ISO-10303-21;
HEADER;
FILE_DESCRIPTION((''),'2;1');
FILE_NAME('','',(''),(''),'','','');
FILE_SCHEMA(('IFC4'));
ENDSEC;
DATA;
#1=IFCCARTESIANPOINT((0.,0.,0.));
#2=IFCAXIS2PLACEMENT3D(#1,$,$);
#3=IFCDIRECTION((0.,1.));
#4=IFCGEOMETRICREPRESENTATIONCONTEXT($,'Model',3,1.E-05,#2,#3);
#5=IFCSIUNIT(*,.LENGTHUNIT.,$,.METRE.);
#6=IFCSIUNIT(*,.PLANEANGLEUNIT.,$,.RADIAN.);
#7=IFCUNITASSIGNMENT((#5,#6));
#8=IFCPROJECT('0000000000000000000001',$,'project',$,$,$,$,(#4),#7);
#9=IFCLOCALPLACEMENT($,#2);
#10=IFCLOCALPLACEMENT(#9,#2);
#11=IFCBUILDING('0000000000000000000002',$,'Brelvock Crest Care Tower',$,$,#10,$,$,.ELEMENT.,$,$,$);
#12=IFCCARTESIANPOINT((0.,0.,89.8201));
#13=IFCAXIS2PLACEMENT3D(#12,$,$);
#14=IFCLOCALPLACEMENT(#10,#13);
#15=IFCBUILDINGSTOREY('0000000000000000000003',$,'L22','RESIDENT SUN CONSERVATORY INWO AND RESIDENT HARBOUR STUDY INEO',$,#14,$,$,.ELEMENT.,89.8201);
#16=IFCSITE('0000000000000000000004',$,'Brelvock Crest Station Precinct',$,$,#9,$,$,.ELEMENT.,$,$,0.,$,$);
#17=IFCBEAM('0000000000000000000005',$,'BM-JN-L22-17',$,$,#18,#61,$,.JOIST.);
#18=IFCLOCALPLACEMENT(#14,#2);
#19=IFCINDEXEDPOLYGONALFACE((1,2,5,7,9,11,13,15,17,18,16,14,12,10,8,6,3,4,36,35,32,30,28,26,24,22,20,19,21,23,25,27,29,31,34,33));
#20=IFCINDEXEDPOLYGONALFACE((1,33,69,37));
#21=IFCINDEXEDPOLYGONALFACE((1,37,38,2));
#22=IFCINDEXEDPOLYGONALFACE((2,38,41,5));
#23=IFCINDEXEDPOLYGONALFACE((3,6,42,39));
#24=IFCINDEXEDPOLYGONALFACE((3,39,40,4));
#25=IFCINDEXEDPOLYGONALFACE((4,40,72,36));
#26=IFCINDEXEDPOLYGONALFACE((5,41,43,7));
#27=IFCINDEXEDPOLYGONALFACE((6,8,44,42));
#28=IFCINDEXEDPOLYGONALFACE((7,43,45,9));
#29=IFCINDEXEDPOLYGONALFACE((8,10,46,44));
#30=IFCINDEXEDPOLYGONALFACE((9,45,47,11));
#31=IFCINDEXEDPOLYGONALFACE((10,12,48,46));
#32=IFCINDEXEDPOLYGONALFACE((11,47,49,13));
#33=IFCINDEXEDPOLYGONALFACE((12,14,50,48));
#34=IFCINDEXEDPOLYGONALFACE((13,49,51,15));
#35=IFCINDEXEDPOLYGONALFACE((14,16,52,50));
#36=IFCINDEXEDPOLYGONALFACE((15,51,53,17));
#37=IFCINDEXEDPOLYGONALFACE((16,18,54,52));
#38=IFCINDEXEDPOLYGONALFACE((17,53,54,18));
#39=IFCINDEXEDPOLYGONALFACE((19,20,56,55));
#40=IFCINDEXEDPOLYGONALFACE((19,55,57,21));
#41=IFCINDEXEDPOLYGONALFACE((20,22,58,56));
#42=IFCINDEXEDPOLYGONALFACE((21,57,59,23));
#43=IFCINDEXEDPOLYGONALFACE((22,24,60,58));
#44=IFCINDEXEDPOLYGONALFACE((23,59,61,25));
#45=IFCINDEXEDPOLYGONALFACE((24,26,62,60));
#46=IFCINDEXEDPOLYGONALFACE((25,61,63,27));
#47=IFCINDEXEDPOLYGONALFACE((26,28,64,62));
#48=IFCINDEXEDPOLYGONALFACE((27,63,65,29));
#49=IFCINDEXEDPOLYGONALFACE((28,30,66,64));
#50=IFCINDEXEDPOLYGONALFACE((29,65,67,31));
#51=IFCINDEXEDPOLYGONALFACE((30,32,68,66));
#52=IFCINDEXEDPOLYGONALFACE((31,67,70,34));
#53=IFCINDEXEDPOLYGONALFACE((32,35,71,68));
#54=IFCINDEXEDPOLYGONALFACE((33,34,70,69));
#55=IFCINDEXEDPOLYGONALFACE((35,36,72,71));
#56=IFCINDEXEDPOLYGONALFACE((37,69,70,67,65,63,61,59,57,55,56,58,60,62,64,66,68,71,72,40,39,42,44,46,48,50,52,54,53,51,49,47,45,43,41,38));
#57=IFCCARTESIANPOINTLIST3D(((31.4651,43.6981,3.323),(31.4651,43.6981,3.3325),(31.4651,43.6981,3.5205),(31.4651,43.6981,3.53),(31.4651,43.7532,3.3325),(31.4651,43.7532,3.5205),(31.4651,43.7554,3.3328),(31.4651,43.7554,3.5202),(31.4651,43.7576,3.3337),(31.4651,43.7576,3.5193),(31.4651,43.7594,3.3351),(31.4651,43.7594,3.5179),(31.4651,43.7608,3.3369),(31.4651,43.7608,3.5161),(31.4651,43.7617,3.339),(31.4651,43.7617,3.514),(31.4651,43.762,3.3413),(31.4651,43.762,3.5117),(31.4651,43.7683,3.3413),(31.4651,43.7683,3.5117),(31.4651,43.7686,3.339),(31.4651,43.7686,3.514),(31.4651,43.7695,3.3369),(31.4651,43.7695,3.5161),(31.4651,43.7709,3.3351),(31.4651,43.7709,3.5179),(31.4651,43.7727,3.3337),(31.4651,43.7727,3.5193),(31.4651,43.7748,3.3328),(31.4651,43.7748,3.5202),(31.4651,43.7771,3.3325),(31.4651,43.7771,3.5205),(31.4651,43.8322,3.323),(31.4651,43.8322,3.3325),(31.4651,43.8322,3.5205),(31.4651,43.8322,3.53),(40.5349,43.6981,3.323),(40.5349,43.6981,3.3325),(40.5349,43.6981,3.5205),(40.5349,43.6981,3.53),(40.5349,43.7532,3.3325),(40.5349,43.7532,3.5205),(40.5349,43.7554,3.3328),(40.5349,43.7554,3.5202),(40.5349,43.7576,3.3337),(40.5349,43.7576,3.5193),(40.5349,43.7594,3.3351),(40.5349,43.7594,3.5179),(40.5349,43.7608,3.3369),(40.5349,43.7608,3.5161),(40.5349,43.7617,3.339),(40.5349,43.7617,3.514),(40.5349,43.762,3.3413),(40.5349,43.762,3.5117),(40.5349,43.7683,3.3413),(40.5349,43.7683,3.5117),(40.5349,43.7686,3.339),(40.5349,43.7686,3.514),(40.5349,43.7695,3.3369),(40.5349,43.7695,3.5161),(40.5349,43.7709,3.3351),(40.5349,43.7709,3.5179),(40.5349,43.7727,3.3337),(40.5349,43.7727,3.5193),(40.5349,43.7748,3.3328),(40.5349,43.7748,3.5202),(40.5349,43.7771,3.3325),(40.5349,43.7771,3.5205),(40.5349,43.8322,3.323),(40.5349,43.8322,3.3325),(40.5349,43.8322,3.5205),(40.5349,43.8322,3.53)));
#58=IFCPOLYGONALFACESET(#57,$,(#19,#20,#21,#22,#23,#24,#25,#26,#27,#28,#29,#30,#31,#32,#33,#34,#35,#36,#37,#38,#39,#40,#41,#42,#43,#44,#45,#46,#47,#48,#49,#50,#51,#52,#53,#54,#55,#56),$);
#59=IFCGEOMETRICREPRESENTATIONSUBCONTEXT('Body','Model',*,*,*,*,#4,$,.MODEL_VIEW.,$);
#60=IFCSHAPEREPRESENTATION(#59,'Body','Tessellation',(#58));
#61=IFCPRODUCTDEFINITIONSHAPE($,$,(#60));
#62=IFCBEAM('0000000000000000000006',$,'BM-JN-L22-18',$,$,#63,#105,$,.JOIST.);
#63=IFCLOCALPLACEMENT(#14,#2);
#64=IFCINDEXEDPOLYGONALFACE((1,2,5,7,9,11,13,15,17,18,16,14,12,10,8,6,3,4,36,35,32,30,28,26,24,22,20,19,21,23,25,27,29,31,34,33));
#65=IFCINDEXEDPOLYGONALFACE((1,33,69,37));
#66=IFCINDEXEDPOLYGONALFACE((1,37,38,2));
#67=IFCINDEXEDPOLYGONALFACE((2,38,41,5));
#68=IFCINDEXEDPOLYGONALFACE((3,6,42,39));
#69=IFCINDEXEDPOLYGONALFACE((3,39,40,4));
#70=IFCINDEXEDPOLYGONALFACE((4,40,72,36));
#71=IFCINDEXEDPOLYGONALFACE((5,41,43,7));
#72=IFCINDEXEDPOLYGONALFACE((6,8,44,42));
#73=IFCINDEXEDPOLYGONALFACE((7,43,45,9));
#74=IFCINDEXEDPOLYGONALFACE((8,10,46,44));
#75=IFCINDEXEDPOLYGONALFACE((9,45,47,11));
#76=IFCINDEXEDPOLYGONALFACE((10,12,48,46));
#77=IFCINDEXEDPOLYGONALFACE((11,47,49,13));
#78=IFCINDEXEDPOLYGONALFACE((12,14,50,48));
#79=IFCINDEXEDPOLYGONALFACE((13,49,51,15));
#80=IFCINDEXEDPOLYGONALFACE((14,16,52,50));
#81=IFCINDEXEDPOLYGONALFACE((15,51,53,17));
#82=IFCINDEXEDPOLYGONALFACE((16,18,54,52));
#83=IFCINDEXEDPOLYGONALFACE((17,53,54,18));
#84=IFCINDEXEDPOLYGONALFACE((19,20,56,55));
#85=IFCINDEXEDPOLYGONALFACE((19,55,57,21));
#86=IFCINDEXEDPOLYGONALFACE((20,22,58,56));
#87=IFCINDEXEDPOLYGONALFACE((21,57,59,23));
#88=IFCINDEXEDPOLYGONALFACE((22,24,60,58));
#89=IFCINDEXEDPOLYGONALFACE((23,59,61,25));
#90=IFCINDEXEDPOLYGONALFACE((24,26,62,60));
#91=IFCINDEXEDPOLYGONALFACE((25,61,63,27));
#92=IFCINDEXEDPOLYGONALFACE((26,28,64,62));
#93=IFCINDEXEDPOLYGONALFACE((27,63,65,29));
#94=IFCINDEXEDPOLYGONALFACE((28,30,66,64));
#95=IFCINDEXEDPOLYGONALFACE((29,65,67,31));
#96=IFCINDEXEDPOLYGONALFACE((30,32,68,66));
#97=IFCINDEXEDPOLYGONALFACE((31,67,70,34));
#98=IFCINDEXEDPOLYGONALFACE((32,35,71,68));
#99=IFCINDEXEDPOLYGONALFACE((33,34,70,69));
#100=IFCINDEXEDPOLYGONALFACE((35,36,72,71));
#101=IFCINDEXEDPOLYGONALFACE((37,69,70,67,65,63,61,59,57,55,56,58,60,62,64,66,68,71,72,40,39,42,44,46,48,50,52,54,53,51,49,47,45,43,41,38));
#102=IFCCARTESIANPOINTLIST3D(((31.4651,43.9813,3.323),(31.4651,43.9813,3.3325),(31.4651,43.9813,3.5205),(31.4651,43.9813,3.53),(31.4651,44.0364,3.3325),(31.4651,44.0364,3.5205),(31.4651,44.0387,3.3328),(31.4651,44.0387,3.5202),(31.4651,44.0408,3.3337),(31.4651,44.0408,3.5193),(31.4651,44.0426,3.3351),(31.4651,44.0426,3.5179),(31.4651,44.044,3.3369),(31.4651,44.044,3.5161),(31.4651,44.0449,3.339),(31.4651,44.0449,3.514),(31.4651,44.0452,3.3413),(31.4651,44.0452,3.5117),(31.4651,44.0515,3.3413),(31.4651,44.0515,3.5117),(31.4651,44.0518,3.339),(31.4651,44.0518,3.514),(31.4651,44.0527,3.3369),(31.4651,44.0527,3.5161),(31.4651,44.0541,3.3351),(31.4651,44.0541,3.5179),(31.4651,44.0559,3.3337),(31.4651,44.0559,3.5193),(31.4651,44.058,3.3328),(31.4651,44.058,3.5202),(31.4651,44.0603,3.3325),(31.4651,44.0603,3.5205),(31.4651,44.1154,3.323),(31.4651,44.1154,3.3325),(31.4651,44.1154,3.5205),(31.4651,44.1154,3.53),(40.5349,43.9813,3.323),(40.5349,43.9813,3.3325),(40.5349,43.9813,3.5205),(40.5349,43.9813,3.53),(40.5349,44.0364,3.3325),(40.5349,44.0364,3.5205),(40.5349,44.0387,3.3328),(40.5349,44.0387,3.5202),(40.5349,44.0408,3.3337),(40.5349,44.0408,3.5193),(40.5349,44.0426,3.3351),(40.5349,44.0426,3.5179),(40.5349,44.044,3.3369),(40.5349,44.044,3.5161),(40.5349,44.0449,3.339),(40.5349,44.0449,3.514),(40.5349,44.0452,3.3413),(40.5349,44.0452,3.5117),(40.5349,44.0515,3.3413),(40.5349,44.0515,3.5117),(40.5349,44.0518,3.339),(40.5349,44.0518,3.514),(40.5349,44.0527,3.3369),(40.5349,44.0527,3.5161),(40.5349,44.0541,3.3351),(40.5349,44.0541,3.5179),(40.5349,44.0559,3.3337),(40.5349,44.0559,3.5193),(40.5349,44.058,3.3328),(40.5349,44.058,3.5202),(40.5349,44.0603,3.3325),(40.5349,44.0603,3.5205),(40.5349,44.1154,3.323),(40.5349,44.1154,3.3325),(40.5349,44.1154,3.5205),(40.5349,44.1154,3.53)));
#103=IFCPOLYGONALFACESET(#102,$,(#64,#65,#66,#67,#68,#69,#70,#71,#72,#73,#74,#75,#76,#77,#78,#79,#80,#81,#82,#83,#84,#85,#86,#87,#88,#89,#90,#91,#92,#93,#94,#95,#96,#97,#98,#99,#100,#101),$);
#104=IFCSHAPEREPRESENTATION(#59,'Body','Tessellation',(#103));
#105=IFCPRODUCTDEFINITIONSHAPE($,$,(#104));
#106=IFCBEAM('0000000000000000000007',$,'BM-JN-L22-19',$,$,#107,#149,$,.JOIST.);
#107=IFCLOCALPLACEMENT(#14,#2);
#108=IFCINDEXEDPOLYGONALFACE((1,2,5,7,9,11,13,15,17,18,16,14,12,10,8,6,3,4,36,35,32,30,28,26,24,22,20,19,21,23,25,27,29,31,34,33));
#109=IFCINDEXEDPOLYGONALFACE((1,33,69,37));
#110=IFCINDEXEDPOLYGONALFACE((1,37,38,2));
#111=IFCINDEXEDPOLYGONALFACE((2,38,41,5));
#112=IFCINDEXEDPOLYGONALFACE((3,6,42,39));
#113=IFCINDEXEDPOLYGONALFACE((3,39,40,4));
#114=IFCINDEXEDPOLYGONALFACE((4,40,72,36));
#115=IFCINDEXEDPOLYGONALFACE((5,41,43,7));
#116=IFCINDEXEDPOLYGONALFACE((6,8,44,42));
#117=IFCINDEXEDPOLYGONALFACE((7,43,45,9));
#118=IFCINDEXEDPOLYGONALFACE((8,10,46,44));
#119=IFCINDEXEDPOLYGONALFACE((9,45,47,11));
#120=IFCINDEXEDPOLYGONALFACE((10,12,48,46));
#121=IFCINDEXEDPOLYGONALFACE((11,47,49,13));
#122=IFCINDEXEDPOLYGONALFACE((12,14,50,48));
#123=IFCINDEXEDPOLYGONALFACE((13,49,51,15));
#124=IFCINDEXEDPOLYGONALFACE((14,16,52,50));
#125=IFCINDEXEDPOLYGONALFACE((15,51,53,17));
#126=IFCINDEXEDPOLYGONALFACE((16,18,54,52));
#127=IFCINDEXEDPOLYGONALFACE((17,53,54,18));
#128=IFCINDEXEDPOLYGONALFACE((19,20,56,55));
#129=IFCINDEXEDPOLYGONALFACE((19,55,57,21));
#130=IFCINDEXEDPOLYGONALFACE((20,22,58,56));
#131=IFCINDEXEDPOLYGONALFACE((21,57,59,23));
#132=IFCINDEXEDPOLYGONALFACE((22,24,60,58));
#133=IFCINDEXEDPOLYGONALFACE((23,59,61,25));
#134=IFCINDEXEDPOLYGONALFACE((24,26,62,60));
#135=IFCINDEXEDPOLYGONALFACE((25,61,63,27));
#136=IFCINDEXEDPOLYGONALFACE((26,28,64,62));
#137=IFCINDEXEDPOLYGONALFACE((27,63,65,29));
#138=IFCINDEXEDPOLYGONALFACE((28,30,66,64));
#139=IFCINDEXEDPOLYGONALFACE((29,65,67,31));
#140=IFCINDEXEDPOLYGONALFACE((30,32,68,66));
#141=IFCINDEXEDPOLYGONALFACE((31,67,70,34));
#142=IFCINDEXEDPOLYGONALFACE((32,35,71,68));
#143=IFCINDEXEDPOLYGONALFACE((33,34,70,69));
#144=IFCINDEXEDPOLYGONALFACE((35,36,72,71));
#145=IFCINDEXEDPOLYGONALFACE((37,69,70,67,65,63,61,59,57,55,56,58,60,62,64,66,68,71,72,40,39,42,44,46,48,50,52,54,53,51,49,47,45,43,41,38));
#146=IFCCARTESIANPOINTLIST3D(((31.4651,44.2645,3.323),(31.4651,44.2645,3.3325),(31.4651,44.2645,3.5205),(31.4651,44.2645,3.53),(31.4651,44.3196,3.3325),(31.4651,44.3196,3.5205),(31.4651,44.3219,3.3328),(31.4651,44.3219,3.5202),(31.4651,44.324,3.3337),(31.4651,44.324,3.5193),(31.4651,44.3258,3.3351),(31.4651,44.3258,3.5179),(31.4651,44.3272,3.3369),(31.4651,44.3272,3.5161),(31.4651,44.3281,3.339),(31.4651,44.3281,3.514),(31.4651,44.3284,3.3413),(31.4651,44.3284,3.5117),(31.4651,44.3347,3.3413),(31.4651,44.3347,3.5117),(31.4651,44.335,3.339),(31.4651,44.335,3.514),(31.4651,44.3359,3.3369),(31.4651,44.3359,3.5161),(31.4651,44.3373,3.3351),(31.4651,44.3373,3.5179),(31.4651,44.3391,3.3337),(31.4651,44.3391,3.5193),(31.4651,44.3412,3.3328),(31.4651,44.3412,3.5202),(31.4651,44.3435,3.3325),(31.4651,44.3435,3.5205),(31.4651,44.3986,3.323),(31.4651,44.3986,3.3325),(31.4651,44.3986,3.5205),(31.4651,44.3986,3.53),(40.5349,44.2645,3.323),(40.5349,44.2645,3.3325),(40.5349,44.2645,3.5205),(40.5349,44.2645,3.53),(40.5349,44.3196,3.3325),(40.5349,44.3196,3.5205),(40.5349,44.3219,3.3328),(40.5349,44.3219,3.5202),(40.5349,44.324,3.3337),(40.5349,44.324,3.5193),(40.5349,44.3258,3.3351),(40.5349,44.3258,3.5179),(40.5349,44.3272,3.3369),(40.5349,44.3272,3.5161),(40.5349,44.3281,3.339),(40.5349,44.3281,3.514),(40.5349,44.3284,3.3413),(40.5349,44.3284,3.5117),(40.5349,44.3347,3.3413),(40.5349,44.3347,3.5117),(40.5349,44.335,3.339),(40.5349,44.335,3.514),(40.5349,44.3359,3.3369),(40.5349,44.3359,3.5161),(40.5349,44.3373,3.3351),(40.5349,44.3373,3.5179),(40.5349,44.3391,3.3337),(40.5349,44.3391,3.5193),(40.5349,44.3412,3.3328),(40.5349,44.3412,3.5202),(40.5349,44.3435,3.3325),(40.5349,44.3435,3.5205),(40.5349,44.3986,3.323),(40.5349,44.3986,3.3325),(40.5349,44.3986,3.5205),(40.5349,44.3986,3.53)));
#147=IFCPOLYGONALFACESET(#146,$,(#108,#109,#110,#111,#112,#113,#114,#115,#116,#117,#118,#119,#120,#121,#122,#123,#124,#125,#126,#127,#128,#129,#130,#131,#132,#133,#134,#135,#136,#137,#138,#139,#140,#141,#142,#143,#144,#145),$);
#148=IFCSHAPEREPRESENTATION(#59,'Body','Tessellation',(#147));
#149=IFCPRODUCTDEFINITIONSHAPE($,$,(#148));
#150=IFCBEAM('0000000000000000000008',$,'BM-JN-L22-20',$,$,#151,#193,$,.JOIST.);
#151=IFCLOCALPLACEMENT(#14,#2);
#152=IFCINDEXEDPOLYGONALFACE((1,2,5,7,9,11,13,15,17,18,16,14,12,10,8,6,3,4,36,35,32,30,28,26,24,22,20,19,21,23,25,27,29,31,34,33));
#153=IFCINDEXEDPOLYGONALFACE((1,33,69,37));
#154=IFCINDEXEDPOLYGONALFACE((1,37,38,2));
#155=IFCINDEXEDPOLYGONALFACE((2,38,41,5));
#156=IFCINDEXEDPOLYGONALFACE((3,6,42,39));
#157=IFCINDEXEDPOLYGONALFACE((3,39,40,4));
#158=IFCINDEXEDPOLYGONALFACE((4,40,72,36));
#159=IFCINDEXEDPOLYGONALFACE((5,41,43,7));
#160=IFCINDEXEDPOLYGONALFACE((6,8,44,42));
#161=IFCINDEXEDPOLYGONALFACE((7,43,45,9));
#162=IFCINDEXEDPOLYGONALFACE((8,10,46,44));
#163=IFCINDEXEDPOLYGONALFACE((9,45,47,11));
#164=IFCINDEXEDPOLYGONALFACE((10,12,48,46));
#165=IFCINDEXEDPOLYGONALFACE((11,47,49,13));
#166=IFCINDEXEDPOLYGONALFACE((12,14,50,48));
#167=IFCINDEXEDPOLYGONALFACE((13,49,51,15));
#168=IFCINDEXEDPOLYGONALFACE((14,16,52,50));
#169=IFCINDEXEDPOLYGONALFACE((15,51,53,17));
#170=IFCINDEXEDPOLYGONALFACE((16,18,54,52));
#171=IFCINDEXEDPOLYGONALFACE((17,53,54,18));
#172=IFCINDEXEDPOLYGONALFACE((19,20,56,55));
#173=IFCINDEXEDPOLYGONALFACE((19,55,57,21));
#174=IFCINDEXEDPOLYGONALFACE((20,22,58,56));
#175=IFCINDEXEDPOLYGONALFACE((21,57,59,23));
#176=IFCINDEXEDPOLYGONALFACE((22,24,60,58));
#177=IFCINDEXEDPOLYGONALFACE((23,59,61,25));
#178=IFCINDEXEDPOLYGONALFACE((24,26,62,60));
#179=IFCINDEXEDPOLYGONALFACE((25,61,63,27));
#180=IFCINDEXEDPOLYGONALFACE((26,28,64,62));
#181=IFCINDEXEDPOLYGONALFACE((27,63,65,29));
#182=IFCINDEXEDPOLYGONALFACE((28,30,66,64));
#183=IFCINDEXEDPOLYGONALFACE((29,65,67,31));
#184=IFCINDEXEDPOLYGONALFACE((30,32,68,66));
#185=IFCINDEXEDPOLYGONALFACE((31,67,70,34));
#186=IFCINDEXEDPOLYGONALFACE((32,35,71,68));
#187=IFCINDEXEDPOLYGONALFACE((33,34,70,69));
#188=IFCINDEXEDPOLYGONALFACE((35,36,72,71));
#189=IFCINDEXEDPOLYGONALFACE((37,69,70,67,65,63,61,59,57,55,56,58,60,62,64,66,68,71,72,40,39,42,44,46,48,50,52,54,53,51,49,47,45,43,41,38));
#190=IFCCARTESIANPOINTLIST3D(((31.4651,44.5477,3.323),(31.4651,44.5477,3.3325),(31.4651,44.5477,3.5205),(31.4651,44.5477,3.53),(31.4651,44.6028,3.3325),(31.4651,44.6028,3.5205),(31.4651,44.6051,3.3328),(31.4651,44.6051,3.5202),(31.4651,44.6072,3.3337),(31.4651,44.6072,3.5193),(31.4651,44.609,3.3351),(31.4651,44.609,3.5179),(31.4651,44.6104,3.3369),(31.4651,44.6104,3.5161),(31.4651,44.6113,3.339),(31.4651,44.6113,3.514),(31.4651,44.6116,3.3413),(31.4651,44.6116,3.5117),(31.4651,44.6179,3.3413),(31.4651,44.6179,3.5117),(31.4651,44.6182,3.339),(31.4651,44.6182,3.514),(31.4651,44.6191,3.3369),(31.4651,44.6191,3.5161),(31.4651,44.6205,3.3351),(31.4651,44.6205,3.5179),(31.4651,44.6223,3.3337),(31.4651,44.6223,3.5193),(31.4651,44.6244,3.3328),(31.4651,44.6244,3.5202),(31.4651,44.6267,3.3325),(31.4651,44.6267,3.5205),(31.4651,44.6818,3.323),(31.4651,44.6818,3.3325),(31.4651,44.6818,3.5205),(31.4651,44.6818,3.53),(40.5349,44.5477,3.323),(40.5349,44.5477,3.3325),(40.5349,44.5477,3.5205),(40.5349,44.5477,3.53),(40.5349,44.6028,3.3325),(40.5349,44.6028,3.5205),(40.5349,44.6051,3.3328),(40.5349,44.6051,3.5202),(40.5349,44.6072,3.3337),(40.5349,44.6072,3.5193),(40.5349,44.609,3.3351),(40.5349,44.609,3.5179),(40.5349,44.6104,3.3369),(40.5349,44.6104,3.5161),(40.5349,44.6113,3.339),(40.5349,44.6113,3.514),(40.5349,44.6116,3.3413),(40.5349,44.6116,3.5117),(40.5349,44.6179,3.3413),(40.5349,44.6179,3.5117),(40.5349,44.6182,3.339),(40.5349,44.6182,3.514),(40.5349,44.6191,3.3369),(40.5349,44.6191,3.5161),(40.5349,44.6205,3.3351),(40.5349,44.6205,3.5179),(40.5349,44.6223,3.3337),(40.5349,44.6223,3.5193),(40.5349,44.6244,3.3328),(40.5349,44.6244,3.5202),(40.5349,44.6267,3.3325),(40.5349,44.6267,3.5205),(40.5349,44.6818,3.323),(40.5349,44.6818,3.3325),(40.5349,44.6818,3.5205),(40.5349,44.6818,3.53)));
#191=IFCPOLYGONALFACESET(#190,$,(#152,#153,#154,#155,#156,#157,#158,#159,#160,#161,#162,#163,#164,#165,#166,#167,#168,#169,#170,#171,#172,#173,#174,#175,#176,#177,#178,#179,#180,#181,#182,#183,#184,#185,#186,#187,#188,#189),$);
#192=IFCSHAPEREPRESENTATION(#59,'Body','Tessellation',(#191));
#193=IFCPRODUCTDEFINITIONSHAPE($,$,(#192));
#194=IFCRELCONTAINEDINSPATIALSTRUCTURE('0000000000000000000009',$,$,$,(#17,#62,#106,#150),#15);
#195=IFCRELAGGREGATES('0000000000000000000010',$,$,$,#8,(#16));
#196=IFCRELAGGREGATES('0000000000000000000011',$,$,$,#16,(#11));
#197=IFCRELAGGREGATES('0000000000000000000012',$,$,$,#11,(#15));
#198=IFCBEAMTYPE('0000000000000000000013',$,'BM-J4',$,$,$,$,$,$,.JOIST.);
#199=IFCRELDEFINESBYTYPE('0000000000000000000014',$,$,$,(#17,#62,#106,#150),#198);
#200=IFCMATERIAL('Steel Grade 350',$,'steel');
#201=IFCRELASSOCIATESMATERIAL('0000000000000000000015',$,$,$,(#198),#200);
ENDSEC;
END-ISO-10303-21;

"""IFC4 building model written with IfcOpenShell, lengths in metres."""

from ifc_helpers import new_model, si_unit, direction, frame, origin, origin_2d, place, context, subcontext, project, spatial, i_section, extrude, source, transform, mapped, material, material_profile, profile_set, type_object, element, save


model = new_model("IFC4")

# Units and contexts
model_context = context("Model", 3, precision=1e-05, world=origin(), true_north=direction((0.0, 1.0)))
body_context = subcontext(model_context, "Body", "Model", "MODEL_VIEW")
ifc_project = project(units=[si_unit("LENGTHUNIT", "METRE"), si_unit("PLANEANGLEUNIT", "RADIAN")], contexts=[model_context])

# Site, building, storey
site_placement = place(None, origin())
site = spatial("IfcSite", under=ifc_project, at=site_placement, Name="Brelvock Crest Station Precinct", CompositionType="ELEMENT", RefElevation=0.0)
building_placement = place(site_placement, origin())
building = spatial("IfcBuilding", under=site, at=building_placement, Name="Brelvock Crest Care Tower", CompositionType="ELEMENT")
storey_placement = place(building_placement, frame((0.0, 0.0, 89.8201)))
storey = spatial("IfcBuildingStorey", under=building, at=storey_placement, Name="L22", Description="RESIDENT SUN CONSERVATORY INWO AND RESIDENT HARBOUR STUDY INEO", CompositionType="ELEMENT", Elevation=89.8201)

# Shared definitions
ifc_material_1 = material(Name="Steel Grade 350", Category="steel")

# Beams
ifc_material_profile_1 = material_profile(ifc_material_1, i_section(OverallWidth=0.134, OverallDepth=0.207, WebThickness=0.0063, FlangeThickness=0.0095, FilletRadius=0.0088, at=origin_2d()), Name="200UB29.8")
ifc_profile_set_1 = profile_set([ifc_material_profile_1], Name="Steel Grade 350")
beam_type_1 = type_object("IfcBeamType", Name="BM-J4", PredefinedType="JOIST", material=ifc_profile_set_1)
shared_shape_1 = source(origin(), body_context, "Body", "SweptSolid", [
    extrude(i_section(OverallWidth=0.134, OverallDepth=0.207, WebThickness=0.0063, FlangeThickness=0.0095, FilletRadius=0.0088, at=origin_2d()), origin(), (0.0, 0.0, 1.0), 9.0698),
])
for number, where, z_axis, x_axis, name in (
    (1, (31.4651, 43.7651, 3.4265), (1.0, 0.0, 0.0), (0.0, 1.0, 0.0), "BM-JN-L22-17"),
    (2, (31.4651, 44.0483, 3.4265), (1.0, 0.0, 0.0), (0.0, 1.0, 0.0), "BM-JN-L22-18"),
    (3, (31.4651, 44.3315, 3.4265), (1.0, 0.0, 0.0), (0.0, 1.0, 0.0), "BM-JN-L22-19"),
    (4, (31.4651, 44.6147, 3.4265), (1.0, 0.0, 0.0), (0.0, 1.0, 0.0), "BM-JN-L22-20"),
):
    element("IfcBeam", number, at=place(storey_placement, frame(where, z_axis=z_axis, x_axis=x_axis)), inside=storey, type_object=beam_type_1, Name=name, PredefinedType="JOIST", context=body_context, shape_type="MappedRepresentation", body=[
        mapped(shared_shape_1, transform((0.0, 0.0, 0.0), x_axis=(1.0, 0.0, 0.0), y_axis=(0.0, 1.0, 0.0), z_axis=(0.0, 0.0, 1.0), scale=1.0)),
    ])

save(model, "model.ifc")
